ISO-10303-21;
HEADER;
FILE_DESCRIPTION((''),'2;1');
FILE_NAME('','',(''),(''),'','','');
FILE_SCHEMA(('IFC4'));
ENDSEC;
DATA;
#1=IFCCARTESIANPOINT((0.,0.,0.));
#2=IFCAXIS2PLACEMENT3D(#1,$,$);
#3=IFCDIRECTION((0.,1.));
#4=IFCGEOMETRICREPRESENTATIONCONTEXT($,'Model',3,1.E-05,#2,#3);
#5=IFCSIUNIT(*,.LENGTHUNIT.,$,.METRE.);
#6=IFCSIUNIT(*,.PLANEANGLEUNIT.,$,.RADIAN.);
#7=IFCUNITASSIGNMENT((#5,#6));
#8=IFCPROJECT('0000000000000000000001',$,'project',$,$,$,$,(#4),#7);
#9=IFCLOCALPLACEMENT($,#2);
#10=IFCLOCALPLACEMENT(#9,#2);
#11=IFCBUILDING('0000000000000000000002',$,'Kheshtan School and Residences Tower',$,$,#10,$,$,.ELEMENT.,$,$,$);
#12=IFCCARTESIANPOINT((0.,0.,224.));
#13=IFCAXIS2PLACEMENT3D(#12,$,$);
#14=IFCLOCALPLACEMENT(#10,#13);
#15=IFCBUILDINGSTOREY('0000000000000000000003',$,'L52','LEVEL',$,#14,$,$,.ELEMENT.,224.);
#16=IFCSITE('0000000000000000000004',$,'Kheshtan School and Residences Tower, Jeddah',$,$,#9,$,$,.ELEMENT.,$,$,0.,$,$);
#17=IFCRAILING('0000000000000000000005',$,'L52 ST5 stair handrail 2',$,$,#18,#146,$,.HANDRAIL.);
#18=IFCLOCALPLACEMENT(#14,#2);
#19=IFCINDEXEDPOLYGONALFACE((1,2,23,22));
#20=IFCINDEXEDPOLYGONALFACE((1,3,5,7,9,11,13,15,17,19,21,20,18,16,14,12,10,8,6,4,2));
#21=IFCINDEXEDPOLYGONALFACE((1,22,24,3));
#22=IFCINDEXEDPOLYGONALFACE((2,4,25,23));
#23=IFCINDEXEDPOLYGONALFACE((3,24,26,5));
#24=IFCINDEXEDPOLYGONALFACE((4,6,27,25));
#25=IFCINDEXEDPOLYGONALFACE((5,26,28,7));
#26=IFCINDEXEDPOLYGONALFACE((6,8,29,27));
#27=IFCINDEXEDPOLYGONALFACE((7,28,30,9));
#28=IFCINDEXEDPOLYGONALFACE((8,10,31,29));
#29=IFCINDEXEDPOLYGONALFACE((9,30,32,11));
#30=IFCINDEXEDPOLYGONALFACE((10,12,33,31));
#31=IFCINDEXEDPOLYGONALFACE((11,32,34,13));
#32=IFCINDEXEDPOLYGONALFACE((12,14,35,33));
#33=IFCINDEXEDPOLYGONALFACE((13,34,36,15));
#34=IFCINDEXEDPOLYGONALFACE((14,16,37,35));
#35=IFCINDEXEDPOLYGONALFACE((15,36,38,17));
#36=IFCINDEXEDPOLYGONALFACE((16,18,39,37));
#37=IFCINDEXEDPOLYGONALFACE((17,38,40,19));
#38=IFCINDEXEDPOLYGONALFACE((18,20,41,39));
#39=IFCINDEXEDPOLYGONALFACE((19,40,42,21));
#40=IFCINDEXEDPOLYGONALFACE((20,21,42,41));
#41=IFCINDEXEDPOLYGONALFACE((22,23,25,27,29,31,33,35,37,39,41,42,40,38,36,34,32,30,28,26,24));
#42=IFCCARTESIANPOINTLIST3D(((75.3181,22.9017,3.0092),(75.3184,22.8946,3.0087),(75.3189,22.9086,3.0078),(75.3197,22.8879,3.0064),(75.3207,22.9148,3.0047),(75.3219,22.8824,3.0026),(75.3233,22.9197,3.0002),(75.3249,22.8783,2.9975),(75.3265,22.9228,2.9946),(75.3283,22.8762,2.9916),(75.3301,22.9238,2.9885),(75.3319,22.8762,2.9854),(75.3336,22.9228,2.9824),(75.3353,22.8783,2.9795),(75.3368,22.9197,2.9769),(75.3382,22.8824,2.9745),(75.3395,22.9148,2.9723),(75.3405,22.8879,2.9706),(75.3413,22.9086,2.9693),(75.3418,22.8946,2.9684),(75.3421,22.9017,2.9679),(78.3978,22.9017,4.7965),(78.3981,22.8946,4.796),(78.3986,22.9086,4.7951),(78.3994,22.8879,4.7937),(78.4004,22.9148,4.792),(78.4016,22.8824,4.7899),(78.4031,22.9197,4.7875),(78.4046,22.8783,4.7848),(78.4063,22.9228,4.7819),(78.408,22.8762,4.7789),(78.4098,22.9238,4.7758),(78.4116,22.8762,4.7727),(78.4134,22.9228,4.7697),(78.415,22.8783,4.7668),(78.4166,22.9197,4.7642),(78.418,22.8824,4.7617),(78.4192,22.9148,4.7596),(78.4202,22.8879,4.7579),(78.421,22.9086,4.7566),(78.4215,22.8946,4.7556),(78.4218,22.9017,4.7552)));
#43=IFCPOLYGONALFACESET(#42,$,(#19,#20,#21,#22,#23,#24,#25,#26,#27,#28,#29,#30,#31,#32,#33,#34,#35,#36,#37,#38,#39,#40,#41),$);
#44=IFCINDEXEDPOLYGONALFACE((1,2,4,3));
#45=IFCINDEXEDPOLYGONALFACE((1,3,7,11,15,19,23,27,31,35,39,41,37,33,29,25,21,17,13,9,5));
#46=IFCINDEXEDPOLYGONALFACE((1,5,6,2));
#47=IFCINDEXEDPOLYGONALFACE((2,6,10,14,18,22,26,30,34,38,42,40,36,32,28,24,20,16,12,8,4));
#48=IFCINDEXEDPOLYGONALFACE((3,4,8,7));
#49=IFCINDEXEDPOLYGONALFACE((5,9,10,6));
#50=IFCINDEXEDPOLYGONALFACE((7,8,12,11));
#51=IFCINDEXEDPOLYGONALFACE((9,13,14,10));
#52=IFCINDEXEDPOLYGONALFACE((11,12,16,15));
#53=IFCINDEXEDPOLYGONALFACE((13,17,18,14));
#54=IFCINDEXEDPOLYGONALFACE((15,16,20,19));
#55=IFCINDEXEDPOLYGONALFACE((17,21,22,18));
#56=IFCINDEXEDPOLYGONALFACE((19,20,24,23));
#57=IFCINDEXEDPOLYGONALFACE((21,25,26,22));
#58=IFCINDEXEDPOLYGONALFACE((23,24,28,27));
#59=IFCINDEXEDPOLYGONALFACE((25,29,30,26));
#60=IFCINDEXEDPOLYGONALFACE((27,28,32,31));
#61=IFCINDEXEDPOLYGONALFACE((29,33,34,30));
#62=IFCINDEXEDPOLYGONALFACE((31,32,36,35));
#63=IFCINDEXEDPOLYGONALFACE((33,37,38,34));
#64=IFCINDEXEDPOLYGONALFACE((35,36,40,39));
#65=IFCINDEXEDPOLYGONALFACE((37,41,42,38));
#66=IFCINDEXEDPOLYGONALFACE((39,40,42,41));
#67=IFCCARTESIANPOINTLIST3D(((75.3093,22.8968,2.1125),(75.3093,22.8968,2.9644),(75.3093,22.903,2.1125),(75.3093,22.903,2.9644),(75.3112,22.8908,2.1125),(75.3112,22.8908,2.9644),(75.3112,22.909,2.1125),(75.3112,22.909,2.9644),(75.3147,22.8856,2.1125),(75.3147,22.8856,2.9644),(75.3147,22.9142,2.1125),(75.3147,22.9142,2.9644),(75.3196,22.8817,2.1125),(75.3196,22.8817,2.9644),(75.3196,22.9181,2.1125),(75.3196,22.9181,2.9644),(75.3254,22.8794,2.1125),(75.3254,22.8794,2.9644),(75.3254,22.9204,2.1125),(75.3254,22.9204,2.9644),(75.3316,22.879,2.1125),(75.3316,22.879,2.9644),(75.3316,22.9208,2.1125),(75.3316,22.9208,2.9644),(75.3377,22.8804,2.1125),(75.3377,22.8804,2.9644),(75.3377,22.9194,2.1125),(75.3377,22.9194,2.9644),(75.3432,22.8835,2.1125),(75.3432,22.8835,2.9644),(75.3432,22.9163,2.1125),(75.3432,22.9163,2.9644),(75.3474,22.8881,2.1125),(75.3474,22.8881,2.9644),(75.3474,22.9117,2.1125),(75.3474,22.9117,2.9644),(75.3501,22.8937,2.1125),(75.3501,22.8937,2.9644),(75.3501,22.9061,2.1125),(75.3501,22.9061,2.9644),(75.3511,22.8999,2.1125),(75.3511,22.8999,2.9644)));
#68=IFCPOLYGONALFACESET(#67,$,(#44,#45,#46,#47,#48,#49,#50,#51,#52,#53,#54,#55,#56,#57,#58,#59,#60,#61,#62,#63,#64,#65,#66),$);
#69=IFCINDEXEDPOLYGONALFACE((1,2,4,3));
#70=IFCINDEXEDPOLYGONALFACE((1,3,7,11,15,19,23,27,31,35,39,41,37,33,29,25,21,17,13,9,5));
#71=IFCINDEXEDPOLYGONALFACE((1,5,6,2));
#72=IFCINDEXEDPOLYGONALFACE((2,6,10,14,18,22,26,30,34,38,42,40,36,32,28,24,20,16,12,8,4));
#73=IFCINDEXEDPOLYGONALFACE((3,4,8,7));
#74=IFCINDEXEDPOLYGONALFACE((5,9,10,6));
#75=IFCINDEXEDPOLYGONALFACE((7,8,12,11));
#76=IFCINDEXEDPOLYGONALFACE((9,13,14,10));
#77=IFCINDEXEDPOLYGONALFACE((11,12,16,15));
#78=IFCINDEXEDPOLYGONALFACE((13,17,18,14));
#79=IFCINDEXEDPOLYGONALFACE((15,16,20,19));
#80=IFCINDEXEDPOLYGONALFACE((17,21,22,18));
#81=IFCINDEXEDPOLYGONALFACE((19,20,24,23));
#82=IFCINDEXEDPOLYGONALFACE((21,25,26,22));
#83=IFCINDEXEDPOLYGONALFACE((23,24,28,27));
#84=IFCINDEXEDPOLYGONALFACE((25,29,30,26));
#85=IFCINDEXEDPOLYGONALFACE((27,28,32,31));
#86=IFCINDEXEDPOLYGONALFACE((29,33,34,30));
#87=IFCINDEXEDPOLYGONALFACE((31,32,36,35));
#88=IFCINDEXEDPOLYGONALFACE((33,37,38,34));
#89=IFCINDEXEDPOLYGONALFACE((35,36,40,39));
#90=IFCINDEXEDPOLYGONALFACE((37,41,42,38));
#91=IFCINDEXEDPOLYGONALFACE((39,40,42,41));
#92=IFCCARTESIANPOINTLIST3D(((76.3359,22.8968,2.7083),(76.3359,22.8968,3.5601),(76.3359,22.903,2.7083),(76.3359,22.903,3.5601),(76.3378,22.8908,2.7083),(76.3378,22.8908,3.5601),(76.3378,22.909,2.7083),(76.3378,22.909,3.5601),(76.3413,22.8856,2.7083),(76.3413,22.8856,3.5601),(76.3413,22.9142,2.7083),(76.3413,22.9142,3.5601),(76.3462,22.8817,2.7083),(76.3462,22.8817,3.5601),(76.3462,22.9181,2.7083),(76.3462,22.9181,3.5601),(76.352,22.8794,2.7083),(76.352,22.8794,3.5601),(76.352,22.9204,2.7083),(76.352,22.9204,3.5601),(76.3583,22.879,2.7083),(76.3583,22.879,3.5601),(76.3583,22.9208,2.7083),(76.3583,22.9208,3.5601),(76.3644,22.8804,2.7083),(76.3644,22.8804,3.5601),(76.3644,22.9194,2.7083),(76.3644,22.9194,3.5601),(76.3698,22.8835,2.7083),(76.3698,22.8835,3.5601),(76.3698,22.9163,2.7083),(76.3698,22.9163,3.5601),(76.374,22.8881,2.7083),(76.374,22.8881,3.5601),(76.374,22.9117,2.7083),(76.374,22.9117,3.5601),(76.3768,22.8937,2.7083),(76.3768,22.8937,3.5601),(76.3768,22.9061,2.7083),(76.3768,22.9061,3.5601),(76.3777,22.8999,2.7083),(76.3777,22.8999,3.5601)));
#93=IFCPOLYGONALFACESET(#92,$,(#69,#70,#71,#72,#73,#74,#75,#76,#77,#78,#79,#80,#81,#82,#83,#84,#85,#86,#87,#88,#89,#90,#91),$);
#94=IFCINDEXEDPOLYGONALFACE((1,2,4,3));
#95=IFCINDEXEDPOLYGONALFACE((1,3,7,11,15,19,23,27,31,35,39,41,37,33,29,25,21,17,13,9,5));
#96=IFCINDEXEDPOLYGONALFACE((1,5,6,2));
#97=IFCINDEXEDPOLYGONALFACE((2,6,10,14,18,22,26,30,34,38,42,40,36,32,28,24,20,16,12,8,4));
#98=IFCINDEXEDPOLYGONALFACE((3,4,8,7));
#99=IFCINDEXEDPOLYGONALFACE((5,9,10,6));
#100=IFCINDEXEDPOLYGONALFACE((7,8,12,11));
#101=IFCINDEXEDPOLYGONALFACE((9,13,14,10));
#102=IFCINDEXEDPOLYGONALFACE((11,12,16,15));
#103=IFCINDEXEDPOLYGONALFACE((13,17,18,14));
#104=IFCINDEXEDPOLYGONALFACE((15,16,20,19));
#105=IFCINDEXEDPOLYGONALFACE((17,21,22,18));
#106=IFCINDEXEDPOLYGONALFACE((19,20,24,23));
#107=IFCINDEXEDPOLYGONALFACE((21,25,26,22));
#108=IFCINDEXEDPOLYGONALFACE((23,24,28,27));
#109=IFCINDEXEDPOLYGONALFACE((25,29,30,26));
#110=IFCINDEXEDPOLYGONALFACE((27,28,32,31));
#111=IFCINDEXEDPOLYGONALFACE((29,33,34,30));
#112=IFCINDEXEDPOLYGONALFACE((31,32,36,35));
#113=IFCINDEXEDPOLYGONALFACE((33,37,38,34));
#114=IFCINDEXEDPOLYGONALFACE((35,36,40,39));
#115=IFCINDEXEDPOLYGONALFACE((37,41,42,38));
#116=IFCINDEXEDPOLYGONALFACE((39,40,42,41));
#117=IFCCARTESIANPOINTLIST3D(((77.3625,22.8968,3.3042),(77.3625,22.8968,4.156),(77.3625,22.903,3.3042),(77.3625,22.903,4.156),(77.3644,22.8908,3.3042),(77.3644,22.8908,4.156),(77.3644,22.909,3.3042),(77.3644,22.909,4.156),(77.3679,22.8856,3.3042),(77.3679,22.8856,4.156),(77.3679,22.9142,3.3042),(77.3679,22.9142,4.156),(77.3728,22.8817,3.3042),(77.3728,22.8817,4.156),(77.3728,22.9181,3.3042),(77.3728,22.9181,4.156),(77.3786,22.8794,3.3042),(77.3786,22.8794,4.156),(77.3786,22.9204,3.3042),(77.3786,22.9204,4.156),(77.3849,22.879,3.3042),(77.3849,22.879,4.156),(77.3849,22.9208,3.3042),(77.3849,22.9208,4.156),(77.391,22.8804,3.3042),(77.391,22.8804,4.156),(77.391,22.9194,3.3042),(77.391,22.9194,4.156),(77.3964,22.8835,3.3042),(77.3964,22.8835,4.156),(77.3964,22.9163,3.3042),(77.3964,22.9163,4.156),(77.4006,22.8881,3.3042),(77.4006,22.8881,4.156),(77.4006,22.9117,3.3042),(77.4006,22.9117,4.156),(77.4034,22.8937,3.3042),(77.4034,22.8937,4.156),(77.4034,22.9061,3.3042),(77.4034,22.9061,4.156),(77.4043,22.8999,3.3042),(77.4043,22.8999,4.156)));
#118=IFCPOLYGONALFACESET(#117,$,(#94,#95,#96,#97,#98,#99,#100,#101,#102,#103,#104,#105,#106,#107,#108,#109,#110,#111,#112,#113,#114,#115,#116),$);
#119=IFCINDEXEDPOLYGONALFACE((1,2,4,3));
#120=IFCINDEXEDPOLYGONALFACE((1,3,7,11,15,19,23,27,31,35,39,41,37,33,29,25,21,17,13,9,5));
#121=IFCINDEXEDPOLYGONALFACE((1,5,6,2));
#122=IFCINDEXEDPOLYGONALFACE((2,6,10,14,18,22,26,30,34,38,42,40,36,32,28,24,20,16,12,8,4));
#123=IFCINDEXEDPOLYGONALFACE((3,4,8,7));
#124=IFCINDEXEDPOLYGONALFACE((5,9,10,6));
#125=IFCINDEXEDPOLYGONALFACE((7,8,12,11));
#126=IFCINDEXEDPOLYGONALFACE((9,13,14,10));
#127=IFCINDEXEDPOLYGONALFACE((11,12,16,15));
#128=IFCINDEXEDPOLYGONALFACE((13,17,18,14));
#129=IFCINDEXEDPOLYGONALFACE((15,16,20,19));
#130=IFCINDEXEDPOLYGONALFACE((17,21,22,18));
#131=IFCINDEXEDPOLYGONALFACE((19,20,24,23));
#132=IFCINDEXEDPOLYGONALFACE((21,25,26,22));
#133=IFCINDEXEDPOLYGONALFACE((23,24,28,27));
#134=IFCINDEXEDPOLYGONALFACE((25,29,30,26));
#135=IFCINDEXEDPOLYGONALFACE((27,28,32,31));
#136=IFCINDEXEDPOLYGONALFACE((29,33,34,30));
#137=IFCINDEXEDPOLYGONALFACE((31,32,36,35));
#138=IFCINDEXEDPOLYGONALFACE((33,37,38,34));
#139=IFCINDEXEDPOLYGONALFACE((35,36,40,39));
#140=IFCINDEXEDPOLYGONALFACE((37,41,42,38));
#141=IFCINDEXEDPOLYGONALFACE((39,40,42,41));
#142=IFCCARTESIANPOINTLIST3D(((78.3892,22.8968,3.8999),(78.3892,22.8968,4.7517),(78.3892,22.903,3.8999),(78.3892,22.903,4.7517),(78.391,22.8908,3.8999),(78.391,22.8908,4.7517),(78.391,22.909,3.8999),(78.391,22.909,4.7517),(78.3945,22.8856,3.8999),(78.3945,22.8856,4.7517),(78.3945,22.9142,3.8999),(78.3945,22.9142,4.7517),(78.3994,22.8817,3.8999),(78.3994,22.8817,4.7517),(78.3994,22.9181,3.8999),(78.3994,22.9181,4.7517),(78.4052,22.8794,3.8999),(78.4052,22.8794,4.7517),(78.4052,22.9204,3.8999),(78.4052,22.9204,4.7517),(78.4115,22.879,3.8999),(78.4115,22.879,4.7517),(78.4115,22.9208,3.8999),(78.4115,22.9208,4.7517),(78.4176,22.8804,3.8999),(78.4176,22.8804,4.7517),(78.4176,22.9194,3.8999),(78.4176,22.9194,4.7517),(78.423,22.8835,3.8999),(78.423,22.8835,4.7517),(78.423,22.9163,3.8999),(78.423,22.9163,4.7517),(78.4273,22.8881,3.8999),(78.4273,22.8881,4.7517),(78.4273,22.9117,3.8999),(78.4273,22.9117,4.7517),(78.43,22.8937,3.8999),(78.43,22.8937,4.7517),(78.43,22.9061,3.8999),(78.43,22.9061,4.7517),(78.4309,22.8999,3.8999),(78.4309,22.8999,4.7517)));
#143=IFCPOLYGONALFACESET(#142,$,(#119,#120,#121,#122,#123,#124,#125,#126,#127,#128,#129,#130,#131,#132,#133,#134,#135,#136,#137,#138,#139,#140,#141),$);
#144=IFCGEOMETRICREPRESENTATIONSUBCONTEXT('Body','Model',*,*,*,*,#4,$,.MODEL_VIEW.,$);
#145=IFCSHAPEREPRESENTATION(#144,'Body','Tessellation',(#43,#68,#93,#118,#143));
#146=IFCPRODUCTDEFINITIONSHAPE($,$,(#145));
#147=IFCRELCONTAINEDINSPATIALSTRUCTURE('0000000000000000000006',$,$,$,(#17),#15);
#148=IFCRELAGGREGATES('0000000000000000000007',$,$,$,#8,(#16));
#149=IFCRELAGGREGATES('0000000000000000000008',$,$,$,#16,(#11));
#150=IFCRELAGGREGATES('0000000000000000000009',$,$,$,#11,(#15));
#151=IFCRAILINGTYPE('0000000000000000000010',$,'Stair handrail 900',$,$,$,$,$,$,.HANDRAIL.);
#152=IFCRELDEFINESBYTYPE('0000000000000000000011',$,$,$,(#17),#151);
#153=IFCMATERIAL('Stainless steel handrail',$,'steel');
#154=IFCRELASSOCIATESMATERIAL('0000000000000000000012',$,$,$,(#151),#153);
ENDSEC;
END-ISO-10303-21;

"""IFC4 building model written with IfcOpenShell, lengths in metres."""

from ifc_helpers import new_model, si_unit, direction, frame, origin, origin_2d, place, context, subcontext, project, spatial, circle, extrude, material, type_object, element, save


model = new_model("IFC4")

# Units and contexts
model_context = context("Model", 3, precision=1e-05, world=origin(), true_north=direction((0.0, 1.0)))
body_context = subcontext(model_context, "Body", "Model", "MODEL_VIEW")
ifc_project = project(units=[si_unit("LENGTHUNIT", "METRE"), si_unit("PLANEANGLEUNIT", "RADIAN")], contexts=[model_context])

# Site, building, storey
site_placement = place(None, origin())
site = spatial("IfcSite", under=ifc_project, at=site_placement, Name="Kheshtan School and Residences Tower, Jeddah", CompositionType="ELEMENT", RefElevation=0.0)
building_placement = place(site_placement, origin())
building = spatial("IfcBuilding", under=site, at=building_placement, Name="Kheshtan School and Residences Tower", CompositionType="ELEMENT")
storey_placement = place(building_placement, frame((0.0, 0.0, 224.0)))
storey = spatial("IfcBuildingStorey", under=building, at=storey_placement, Name="L52", Description="LEVEL", CompositionType="ELEMENT", Elevation=224.0)

# Railing
ifc_material_1 = material(Name="Stainless steel handrail", Category="steel")
railing_type_1 = type_object("IfcRailingType", Name="Stair handrail 900", PredefinedType="HANDRAIL", material=ifc_material_1)
railing_1_placement = place(storey_placement, frame((75.3301, 22.8999, 2.1125)))
element("IfcRailing", 1, at=railing_1_placement, inside=storey, type_object=railing_type_1, Name="L52 ST5 stair handrail 2", PredefinedType="HANDRAIL", context=body_context, shape_type="SweptSolid", body=[
    extrude(circle(Radius=0.0239, at=origin_2d()), frame((0.0, 0.0, 0.876), z_axis=(0.864903, 0.0, 0.501939), x_axis=(0.0, 1.0, 0.0)), (0.0, 0.0, 1.0), 3.5608),
    extrude(circle(Radius=0.021, at=origin_2d()), origin(), (0.0, 0.0, 1.0), 0.8518),
    extrude(circle(Radius=0.021, at=origin_2d()), frame((1.0266, 0.0, 0.5957)), (0.0, 0.0, 1.0), 0.8518),
    extrude(circle(Radius=0.021, at=origin_2d()), frame((2.0532, 0.0, 1.1917)), (0.0, 0.0, 1.0), 0.8518),
    extrude(circle(Radius=0.021, at=origin_2d()), frame((3.0798, 0.0, 1.7874)), (0.0, 0.0, 1.0), 0.8518),
])

save(model, "model.ifc")
